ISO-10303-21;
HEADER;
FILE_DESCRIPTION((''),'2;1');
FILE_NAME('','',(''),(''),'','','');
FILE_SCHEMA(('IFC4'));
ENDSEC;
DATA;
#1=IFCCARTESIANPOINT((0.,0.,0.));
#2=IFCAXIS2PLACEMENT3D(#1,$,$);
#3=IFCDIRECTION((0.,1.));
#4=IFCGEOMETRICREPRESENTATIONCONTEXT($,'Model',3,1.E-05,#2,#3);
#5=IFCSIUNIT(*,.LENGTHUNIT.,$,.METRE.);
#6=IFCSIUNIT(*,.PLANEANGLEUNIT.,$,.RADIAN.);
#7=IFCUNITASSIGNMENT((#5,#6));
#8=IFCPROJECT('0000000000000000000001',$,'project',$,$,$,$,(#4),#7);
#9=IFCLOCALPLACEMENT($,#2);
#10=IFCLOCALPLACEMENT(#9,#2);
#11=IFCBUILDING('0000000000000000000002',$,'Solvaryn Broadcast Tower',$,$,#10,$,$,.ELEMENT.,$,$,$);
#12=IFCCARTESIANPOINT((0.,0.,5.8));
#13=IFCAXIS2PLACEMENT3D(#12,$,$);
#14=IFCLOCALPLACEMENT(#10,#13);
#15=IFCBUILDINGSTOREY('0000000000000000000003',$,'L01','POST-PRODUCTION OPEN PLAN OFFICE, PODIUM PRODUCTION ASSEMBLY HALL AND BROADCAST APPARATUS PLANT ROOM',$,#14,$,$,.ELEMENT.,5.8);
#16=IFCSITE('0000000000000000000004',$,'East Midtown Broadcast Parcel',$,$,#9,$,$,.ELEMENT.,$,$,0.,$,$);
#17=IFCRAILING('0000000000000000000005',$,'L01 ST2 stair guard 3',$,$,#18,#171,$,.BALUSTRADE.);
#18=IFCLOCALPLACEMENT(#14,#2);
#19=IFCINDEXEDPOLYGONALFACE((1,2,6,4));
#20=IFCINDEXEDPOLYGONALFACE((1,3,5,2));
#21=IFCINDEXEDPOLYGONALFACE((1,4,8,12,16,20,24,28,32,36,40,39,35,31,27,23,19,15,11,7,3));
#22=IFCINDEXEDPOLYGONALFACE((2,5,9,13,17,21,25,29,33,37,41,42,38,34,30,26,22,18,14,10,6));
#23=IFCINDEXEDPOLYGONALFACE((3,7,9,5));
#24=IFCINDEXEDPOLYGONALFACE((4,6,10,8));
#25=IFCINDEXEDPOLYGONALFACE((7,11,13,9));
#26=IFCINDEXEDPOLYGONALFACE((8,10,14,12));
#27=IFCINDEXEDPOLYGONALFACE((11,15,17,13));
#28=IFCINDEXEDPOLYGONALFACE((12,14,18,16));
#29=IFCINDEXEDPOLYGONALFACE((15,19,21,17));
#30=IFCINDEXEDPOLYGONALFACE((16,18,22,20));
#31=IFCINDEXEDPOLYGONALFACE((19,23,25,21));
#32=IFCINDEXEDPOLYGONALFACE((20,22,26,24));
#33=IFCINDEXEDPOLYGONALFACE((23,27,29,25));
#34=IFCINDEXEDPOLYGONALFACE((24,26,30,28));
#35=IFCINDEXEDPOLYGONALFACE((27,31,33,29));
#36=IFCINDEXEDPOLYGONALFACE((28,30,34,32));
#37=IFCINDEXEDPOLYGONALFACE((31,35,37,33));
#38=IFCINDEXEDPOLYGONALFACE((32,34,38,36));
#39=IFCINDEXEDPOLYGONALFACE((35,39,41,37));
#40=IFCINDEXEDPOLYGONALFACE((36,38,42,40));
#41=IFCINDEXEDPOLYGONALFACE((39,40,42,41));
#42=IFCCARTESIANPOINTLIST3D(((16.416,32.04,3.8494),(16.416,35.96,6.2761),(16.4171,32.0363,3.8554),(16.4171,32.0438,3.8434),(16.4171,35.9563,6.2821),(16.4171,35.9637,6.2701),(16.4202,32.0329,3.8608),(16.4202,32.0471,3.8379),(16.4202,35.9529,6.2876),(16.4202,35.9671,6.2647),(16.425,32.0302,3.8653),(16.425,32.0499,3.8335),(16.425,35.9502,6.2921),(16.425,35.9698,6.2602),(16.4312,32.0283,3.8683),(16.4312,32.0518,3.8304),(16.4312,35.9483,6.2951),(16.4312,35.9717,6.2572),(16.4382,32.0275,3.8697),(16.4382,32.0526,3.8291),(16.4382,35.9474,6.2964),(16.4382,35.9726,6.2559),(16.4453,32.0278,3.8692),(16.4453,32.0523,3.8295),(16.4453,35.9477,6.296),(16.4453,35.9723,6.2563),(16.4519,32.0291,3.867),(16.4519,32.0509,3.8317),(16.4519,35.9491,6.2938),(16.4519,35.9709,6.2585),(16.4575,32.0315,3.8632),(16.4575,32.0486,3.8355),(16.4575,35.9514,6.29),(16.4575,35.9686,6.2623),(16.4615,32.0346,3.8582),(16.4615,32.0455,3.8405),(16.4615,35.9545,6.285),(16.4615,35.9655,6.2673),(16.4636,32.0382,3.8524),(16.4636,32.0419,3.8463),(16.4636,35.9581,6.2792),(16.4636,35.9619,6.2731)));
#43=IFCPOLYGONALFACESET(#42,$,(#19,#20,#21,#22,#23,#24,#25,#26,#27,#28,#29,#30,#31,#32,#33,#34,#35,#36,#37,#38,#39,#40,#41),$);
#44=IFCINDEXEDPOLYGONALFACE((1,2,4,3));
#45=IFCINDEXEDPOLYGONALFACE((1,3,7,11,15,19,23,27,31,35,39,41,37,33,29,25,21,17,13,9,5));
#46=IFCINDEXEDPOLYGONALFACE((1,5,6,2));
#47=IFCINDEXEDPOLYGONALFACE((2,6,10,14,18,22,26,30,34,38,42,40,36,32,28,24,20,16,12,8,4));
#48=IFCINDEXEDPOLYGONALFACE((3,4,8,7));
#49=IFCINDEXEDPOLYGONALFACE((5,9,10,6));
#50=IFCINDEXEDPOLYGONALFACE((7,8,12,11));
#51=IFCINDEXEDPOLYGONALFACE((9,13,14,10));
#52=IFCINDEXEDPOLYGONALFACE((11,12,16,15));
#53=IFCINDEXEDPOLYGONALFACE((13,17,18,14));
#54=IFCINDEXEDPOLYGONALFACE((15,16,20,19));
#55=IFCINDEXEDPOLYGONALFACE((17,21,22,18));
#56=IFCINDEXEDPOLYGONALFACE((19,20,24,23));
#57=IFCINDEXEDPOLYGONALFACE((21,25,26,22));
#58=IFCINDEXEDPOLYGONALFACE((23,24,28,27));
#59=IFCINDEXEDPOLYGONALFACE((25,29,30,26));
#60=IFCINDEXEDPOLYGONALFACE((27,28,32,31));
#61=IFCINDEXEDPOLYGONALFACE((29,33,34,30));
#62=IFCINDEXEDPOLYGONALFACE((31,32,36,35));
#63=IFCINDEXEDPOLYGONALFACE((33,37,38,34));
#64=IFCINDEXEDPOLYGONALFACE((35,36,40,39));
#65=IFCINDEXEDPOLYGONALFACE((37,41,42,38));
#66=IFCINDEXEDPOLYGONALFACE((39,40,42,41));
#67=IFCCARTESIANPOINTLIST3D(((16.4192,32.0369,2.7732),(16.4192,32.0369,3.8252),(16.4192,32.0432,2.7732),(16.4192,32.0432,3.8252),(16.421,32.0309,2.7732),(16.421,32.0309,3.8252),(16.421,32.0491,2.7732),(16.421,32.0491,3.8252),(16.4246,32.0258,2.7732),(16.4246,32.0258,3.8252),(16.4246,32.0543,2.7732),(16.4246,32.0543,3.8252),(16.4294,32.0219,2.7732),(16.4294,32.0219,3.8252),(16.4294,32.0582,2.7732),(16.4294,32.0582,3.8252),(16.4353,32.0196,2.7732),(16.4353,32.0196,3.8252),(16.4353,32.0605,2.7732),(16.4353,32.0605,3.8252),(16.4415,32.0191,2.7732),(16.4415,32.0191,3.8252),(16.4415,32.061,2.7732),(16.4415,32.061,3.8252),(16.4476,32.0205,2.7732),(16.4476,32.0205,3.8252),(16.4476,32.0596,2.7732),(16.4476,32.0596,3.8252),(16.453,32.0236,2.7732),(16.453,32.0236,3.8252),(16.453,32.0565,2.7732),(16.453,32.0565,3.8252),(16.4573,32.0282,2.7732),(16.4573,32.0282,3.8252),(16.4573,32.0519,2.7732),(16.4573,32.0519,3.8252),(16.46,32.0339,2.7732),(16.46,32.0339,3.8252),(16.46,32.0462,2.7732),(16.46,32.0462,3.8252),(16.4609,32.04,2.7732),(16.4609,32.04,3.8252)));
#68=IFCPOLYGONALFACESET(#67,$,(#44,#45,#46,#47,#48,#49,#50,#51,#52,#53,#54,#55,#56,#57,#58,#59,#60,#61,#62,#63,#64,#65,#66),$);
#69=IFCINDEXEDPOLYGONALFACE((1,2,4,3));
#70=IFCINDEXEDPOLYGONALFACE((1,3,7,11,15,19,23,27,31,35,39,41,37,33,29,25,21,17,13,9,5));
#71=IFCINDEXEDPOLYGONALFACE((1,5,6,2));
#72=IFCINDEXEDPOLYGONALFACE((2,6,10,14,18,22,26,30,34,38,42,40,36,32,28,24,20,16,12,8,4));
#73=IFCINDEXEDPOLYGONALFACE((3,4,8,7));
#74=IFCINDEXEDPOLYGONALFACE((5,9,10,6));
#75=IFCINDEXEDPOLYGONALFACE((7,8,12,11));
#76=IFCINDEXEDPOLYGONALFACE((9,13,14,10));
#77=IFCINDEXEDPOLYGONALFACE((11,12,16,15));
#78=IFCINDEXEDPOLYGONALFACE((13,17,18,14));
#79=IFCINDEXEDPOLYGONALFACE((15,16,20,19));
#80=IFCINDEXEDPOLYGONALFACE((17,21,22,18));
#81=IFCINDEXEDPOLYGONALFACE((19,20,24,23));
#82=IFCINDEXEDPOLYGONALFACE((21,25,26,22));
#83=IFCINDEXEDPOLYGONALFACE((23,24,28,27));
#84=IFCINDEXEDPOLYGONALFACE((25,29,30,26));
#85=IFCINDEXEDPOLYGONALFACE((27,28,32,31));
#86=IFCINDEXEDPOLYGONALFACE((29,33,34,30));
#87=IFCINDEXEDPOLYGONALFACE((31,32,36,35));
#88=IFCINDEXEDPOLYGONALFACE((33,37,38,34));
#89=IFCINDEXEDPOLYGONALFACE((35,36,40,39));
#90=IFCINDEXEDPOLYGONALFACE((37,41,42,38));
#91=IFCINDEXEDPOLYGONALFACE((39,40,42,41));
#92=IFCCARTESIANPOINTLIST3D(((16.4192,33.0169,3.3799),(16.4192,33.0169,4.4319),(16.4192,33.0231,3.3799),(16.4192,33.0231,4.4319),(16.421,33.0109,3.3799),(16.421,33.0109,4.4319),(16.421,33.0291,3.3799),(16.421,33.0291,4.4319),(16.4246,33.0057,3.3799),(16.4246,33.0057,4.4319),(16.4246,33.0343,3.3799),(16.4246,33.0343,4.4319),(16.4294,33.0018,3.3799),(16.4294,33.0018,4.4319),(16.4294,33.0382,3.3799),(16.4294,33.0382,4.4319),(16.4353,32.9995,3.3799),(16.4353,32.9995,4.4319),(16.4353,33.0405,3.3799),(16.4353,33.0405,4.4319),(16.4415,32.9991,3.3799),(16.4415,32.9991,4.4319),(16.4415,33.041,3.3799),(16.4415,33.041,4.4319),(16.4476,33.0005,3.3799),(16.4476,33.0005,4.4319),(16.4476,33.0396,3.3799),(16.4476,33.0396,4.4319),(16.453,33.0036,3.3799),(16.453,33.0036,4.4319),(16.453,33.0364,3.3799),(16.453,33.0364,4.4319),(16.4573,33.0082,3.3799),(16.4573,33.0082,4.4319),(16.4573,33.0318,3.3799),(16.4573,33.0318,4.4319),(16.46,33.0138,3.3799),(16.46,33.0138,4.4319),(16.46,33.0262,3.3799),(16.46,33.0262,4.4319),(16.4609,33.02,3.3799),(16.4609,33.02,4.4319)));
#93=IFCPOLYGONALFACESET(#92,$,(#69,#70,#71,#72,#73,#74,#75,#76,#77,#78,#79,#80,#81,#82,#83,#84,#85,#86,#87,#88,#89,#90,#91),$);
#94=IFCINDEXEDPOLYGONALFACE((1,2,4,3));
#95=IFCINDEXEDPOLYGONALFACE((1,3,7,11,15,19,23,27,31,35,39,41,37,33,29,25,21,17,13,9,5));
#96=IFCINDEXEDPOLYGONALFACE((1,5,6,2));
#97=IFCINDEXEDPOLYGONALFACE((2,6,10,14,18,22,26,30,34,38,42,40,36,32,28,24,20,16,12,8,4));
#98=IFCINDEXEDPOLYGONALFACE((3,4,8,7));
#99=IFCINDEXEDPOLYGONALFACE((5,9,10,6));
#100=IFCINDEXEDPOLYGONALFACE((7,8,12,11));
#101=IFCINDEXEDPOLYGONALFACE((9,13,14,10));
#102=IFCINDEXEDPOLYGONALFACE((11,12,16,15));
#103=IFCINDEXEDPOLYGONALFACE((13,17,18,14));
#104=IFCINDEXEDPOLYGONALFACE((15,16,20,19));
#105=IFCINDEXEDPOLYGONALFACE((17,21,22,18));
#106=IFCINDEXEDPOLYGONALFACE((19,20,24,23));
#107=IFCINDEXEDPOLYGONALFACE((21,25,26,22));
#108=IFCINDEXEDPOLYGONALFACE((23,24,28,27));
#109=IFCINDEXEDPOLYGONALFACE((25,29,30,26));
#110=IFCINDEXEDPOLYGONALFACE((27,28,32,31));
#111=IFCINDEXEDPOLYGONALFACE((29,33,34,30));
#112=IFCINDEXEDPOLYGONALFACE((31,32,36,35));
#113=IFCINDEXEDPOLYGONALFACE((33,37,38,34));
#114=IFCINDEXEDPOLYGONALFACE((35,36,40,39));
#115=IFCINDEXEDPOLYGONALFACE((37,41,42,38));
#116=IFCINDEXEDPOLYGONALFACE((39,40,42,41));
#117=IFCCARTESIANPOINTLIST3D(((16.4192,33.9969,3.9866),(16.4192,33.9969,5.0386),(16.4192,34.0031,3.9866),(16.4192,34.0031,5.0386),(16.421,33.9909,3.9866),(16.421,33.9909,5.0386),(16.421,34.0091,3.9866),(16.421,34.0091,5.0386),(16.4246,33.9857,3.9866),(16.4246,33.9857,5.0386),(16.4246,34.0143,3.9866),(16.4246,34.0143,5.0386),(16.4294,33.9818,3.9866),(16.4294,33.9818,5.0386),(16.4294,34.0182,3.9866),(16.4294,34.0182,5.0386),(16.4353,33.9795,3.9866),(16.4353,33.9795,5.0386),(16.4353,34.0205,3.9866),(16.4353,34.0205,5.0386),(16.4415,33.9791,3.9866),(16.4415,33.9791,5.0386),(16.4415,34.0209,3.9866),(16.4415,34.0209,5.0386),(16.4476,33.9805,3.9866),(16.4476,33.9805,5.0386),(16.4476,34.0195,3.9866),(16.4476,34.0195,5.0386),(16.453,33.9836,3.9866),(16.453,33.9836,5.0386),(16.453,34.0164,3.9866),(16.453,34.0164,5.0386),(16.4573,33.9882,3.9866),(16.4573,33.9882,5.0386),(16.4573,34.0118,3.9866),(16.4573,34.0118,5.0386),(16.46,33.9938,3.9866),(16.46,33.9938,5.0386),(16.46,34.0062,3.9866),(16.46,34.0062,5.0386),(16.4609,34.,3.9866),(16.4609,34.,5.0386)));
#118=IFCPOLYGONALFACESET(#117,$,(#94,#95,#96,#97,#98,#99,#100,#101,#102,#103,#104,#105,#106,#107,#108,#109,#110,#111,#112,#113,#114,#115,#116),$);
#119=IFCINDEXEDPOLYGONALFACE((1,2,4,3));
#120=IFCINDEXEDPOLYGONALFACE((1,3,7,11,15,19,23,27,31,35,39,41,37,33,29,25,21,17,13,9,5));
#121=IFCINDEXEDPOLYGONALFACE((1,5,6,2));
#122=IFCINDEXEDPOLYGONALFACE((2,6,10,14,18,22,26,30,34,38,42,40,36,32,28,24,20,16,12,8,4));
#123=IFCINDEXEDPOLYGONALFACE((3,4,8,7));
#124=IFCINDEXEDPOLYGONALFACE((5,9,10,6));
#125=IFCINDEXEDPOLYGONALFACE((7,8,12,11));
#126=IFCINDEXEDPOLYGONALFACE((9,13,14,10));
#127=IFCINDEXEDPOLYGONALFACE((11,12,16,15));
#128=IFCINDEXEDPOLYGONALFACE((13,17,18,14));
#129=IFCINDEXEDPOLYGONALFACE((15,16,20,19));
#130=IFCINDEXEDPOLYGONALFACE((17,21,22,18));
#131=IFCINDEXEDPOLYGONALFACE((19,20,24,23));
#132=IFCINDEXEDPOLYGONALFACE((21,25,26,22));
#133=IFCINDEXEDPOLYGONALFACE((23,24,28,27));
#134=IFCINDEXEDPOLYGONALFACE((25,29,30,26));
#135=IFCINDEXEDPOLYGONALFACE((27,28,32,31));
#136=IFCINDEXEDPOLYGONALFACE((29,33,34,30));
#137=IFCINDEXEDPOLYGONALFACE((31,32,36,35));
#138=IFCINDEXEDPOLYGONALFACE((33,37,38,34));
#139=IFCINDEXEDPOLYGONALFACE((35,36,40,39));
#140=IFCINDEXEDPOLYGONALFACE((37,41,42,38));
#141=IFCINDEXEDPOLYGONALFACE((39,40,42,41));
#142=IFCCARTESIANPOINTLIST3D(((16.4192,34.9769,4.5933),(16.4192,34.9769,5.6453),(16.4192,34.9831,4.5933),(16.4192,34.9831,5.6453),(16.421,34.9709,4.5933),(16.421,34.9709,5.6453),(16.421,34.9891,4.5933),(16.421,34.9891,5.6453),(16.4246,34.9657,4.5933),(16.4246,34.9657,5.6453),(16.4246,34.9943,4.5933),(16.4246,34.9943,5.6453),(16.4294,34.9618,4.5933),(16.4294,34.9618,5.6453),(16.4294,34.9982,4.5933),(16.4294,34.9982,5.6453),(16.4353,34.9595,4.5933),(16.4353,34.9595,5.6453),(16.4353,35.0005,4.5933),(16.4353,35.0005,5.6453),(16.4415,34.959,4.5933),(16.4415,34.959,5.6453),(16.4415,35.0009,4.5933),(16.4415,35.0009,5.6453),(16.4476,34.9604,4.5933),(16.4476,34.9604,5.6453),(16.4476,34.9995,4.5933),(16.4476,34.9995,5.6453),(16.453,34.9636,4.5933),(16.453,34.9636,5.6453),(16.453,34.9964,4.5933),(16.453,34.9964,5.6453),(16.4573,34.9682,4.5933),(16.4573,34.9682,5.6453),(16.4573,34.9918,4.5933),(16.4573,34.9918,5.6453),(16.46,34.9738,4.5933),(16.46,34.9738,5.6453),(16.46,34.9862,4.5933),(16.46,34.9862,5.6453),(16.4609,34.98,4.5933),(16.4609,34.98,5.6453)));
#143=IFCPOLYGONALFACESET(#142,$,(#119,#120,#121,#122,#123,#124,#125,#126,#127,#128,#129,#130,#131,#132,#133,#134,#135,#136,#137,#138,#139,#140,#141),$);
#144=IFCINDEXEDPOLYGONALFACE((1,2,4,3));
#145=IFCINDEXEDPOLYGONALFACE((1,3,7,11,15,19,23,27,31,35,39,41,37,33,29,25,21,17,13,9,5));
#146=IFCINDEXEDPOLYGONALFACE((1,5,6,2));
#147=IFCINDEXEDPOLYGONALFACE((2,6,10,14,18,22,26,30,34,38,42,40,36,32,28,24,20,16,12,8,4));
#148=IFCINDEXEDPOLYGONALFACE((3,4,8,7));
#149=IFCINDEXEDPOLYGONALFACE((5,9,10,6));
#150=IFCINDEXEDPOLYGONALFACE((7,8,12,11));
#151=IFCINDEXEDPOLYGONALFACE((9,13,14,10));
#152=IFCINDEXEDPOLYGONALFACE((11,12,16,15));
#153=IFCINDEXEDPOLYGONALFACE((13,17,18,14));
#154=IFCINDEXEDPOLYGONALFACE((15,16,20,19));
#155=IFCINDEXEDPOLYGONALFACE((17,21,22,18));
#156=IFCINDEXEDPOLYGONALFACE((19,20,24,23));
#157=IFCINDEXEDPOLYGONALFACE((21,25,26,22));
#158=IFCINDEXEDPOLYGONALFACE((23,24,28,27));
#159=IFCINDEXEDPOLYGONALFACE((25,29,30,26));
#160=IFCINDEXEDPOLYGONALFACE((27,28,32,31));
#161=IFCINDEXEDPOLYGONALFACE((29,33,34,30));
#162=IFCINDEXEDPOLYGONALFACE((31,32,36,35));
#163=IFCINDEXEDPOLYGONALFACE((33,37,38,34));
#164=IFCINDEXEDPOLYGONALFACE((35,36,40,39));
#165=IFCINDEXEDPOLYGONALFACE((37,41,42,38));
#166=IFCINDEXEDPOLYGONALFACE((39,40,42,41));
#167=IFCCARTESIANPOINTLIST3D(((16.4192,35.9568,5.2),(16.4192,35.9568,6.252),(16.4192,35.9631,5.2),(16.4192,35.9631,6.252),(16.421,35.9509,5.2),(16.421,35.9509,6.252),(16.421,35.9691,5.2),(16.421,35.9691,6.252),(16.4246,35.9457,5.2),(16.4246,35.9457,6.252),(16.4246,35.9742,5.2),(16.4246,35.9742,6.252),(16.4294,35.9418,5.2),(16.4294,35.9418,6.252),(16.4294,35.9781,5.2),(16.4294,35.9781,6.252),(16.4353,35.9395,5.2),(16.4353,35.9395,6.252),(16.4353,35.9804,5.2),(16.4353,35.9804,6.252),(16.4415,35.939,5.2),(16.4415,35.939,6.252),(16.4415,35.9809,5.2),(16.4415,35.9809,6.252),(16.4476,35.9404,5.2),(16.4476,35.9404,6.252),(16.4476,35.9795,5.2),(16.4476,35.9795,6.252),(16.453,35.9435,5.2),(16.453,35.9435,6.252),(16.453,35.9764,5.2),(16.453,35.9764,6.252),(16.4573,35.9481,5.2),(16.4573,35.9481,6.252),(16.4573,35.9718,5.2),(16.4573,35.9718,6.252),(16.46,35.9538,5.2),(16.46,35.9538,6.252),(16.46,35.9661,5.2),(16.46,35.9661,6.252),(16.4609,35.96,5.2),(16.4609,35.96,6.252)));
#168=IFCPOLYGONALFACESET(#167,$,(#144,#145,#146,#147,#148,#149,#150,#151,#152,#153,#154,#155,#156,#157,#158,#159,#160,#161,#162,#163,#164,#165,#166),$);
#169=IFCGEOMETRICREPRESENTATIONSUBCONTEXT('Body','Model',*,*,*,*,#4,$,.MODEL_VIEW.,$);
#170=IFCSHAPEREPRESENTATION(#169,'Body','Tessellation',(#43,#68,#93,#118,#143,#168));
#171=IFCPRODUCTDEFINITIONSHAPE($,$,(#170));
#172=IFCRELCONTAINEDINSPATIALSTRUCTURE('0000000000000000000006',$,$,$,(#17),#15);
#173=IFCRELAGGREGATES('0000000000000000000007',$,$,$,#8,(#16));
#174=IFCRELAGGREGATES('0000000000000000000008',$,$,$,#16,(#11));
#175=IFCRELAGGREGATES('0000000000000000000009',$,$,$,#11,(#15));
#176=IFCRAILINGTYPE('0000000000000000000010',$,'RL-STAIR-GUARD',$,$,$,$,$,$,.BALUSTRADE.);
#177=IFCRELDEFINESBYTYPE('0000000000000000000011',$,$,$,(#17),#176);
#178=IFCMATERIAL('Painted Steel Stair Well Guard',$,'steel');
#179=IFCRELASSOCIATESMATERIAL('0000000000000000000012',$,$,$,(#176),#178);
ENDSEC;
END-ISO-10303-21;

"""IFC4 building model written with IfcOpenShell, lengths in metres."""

from ifc_helpers import new_model, si_unit, direction, frame, origin, origin_2d, place, context, subcontext, project, spatial, circle, extrude, material, type_object, element, save


model = new_model("IFC4")

# Units and contexts
model_context = context("Model", 3, precision=1e-05, world=origin(), true_north=direction((0.0, 1.0)))
body_context = subcontext(model_context, "Body", "Model", "MODEL_VIEW")
ifc_project = project(units=[si_unit("LENGTHUNIT", "METRE"), si_unit("PLANEANGLEUNIT", "RADIAN")], contexts=[model_context])

# Site, building, storey
site_placement = place(None, origin())
site = spatial("IfcSite", under=ifc_project, at=site_placement, Name="East Midtown Broadcast Parcel", CompositionType="ELEMENT", RefElevation=0.0)
building_placement = place(site_placement, origin())
building = spatial("IfcBuilding", under=site, at=building_placement, Name="Solvaryn Broadcast Tower", CompositionType="ELEMENT")
storey_placement = place(building_placement, frame((0.0, 0.0, 5.8)))
storey = spatial("IfcBuildingStorey", under=building, at=storey_placement, Name="L01", Description="POST-PRODUCTION OPEN PLAN OFFICE, PODIUM PRODUCTION ASSEMBLY HALL AND BROADCAST APPARATUS PLANT ROOM", CompositionType="ELEMENT", Elevation=5.8)

# Railing
ifc_material_1 = material(Name="Painted Steel Stair Well Guard", Category="steel")
railing_type_1 = type_object("IfcRailingType", Name="RL-STAIR-GUARD", PredefinedType="BALUSTRADE", material=ifc_material_1)
railing_1_placement = place(storey_placement, frame((16.4399, 32.04, 2.7732)))
element("IfcRailing", 1, at=railing_1_placement, inside=storey, type_object=railing_type_1, Name="L01 ST2 stair guard 3", PredefinedType="BALUSTRADE", context=body_context, shape_type="SweptSolid", body=[
    extrude(circle(Radius=0.0239, at=origin_2d()), frame((0.0, 0.0, 1.0762), z_axis=(0.0, 0.850252, 0.526376), x_axis=(-1.0, 0.0, 0.0)), (0.0, 0.0, 1.0), 4.6104),
    extrude(circle(Radius=0.021, at=origin_2d()), origin(), (0.0, 0.0, 1.0), 1.052),
    extrude(circle(Radius=0.021, at=origin_2d()), frame((0.0, 0.98, 0.6067)), (0.0, 0.0, 1.0), 1.052),
    extrude(circle(Radius=0.021, at=origin_2d()), frame((0.0, 1.96, 1.2134)), (0.0, 0.0, 1.0), 1.052),
    extrude(circle(Radius=0.021, at=origin_2d()), frame((0.0, 2.9399, 1.8201)), (0.0, 0.0, 1.0), 1.052),
    extrude(circle(Radius=0.021, at=origin_2d()), frame((0.0, 3.9199, 2.4268)), (0.0, 0.0, 1.0), 1.052),
])

save(model, "model.ifc")
